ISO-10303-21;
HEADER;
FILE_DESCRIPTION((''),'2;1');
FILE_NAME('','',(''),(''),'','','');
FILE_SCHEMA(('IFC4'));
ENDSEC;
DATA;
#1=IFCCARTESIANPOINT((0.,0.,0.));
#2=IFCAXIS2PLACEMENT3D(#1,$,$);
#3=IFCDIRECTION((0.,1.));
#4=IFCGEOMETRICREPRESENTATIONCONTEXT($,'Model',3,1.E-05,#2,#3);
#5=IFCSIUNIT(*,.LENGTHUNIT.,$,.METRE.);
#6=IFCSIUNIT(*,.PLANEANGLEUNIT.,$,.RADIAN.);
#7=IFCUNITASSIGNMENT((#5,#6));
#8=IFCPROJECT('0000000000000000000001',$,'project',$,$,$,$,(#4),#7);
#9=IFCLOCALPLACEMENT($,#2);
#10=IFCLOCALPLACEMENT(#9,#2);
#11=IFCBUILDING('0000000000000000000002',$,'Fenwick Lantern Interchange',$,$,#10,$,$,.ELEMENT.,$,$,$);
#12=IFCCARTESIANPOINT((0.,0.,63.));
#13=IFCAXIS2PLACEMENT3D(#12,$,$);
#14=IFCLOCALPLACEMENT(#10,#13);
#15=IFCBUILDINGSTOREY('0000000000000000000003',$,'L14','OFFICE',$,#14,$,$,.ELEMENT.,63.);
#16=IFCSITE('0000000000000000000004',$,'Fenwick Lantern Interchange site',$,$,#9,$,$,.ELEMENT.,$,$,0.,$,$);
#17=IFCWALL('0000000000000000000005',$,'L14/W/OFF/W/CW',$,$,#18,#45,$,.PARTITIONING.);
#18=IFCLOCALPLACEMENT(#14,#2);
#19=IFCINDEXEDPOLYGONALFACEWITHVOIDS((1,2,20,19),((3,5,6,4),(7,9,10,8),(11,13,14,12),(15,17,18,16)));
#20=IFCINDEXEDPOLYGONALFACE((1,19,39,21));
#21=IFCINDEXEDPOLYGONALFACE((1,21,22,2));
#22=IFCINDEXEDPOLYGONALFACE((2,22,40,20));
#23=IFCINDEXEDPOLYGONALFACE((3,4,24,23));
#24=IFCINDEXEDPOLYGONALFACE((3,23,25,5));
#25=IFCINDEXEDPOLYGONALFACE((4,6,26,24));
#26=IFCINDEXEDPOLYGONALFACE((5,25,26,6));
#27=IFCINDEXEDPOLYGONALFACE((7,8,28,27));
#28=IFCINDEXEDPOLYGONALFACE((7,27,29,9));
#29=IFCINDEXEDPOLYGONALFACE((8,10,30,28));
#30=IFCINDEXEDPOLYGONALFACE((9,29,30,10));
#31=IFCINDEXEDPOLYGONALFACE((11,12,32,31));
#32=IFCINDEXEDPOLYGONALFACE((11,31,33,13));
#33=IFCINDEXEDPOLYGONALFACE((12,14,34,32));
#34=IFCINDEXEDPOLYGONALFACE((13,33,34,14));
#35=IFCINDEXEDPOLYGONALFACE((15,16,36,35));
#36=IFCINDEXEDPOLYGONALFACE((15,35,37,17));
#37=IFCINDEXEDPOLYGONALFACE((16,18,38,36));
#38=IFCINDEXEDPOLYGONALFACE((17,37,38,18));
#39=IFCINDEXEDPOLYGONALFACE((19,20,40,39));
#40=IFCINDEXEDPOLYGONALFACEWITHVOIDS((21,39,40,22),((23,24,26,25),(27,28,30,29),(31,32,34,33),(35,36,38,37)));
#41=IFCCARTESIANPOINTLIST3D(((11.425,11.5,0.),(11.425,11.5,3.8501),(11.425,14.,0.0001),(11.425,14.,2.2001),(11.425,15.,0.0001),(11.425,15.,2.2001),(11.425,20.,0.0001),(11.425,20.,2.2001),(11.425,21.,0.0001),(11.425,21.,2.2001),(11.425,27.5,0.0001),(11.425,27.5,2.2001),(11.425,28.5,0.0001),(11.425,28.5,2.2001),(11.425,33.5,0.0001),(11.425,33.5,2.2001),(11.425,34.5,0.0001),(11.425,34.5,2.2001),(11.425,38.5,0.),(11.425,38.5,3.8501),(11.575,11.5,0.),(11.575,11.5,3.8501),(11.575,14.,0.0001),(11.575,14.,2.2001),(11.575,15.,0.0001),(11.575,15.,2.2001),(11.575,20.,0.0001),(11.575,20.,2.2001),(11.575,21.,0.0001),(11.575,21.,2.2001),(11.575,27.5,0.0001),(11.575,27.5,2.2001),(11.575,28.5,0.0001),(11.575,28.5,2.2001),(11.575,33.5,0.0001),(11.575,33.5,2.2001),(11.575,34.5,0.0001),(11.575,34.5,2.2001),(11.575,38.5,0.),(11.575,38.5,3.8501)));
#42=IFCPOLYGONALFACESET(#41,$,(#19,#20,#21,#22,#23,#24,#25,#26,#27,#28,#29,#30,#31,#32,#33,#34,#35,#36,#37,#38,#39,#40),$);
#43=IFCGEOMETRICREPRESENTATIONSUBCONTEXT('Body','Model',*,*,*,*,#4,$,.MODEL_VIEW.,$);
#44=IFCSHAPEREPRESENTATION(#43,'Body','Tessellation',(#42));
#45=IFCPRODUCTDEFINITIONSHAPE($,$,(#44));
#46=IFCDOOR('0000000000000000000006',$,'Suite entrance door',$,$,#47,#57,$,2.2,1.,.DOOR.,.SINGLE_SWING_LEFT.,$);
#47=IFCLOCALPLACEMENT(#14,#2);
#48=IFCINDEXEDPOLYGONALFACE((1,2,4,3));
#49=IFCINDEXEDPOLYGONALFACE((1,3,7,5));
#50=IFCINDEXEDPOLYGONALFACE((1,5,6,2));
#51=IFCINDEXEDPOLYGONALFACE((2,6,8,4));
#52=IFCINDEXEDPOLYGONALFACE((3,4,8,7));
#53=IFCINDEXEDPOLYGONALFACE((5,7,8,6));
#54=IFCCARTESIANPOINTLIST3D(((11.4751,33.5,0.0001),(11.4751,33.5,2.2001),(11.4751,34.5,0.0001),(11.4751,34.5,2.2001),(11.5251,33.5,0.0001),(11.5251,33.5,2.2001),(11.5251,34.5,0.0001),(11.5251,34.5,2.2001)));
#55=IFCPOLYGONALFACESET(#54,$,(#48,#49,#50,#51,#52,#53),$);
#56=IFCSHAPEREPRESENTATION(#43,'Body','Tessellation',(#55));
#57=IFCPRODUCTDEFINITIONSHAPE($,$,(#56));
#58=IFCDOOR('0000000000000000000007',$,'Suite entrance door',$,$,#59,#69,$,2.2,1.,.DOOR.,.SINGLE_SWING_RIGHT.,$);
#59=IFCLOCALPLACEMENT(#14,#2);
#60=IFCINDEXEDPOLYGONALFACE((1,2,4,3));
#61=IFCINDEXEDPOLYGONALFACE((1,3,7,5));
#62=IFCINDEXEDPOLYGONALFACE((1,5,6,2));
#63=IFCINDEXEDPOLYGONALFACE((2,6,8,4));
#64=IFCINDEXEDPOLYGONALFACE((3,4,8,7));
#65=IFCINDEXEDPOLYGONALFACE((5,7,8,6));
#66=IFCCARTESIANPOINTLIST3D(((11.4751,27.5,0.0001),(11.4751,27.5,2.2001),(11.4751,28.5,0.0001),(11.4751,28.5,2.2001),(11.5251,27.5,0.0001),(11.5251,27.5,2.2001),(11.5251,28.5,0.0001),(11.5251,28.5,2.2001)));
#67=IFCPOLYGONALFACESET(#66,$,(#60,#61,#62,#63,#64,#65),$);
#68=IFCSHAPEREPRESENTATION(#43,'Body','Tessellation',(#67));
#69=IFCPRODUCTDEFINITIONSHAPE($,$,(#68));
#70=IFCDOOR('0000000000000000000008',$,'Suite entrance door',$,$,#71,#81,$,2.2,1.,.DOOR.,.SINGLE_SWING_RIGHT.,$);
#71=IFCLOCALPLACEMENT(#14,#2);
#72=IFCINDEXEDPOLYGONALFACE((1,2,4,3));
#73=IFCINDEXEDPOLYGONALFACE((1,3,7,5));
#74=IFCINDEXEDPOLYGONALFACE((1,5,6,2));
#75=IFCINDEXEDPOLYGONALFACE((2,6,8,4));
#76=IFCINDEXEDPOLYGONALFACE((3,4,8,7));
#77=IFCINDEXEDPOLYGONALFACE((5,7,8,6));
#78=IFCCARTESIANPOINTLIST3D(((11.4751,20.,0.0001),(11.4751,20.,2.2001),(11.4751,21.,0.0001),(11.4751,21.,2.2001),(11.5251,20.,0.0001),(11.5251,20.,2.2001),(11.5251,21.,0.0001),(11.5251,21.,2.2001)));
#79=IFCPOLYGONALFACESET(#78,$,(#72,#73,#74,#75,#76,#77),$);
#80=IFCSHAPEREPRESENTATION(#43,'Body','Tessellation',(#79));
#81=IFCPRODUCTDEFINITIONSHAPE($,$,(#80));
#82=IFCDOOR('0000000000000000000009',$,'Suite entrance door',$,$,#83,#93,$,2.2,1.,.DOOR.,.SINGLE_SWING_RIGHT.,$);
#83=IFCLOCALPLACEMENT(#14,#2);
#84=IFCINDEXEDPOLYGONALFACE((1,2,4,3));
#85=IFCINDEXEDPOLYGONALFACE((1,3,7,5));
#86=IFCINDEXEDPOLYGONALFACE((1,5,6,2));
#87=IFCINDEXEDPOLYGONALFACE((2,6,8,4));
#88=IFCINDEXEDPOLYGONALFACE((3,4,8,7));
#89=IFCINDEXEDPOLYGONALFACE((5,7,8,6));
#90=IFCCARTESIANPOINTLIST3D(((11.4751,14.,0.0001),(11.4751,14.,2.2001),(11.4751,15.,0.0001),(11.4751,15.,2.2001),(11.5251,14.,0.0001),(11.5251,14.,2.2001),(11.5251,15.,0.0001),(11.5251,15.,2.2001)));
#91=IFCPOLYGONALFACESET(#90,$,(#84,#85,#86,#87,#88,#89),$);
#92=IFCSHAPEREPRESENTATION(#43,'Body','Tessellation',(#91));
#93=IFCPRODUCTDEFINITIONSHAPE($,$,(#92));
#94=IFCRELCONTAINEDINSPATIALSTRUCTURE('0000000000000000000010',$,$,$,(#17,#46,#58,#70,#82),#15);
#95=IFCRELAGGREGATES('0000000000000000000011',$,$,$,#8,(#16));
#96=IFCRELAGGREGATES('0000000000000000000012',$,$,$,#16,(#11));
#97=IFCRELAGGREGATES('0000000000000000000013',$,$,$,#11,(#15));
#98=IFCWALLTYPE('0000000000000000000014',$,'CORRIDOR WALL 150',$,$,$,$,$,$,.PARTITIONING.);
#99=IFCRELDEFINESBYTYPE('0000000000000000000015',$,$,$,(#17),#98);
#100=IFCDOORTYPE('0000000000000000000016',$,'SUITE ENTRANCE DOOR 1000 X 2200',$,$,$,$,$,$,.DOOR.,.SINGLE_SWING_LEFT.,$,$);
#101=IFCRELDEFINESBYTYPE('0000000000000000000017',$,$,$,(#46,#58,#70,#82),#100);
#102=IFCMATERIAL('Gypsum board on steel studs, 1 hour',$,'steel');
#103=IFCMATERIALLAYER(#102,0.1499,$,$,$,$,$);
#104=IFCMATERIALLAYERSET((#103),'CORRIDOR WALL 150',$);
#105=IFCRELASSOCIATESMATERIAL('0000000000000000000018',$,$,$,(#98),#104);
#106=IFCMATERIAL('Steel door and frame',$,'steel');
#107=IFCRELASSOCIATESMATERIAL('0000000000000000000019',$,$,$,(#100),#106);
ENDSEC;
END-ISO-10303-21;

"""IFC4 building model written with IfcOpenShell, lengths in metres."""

from ifc_helpers import new_model, si_unit, direction, frame, frame_2d, origin, place, context, subcontext, project, spatial, rectangle, extrude, material, layer, layer_set, type_object, element, fill, save


model = new_model("IFC4")

# Units and contexts
model_context = context("Model", 3, precision=1e-05, world=origin(), true_north=direction((0.0, 1.0)))
body_context = subcontext(model_context, "Body", "Model", "MODEL_VIEW")
ifc_project = project(units=[si_unit("LENGTHUNIT", "METRE"), si_unit("PLANEANGLEUNIT", "RADIAN")], contexts=[model_context])

# Site, building, storey
site_placement = place(None, origin())
site = spatial("IfcSite", under=ifc_project, at=site_placement, Name="Fenwick Lantern Interchange site", CompositionType="ELEMENT", RefElevation=0.0)
building_placement = place(site_placement, origin())
building = spatial("IfcBuilding", under=site, at=building_placement, Name="Fenwick Lantern Interchange", CompositionType="ELEMENT")
storey_placement = place(building_placement, frame((0.0, 0.0, 63.0)))
storey = spatial("IfcBuildingStorey", under=building, at=storey_placement, Name="L14", Description="OFFICE", CompositionType="ELEMENT", Elevation=63.0)

# Wall, openings, doors
ifc_material_1 = material(Name="Gypsum board on steel studs, 1 hour", Category="steel")
ifc_layer = layer(ifc_material_1, 0.1499)
ifc_layer_set = layer_set([ifc_layer], Name="CORRIDOR WALL 150")
wall_type = type_object("IfcWallType", Name="CORRIDOR WALL 150", PredefinedType="PARTITIONING", material=ifc_layer_set)
wall_placement = place(storey_placement, frame((11.5, 38.5, 0.0), z_axis=(0.0, 0.0, 1.0), x_axis=(0.0, -1.0, 0.0)))
wall = element("IfcWall", 1, at=wall_placement, inside=storey, type_object=wall_type, Name="L14/W/OFF/W/CW", PredefinedType="PARTITIONING", context=body_context, shape_type="SweptSolid", body=[
    extrude(rectangle(XDim=27.0, YDim=0.1499, at=frame_2d((13.5, 0.0))), origin(), (0.0, 0.0, 1.0), 3.8501),
])
opening_1_placement = place(wall_placement, frame((4.0, 0.0, 0.0)))
opening_1 = element("IfcOpeningElement", 2, at=opening_1_placement, cuts=wall, PredefinedType="OPENING", context=body_context, shape_type="SweptSolid", body=[
    extrude(rectangle(XDim=1.0, YDim=2.2, at=frame_2d((0.5, 1.1001))), frame((0.0, 0.085, 0.0), z_axis=(0.0, -1.0, 0.0), x_axis=(1.0, 0.0, 0.0)), (0.0, 0.0, 1.0), 0.1699),
])
opening_2_placement = place(wall_placement, frame((10.0, 0.0, 0.0)))
opening_2 = element("IfcOpeningElement", 3, at=opening_2_placement, cuts=wall, PredefinedType="OPENING", context=body_context, shape_type="SweptSolid", body=[
    extrude(rectangle(XDim=1.0, YDim=2.2, at=frame_2d((0.5, 1.1001))), frame((0.0, 0.085, 0.0), z_axis=(0.0, -1.0, 0.0), x_axis=(1.0, 0.0, 0.0)), (0.0, 0.0, 1.0), 0.1699),
])
opening_3_placement = place(wall_placement, frame((17.5, 0.0, 0.0)))
opening_3 = element("IfcOpeningElement", 4, at=opening_3_placement, cuts=wall, PredefinedType="OPENING", context=body_context, shape_type="SweptSolid", body=[
    extrude(rectangle(XDim=1.0, YDim=2.2, at=frame_2d((0.5, 1.1001))), frame((0.0, 0.085, 0.0), z_axis=(0.0, -1.0, 0.0), x_axis=(1.0, 0.0, 0.0)), (0.0, 0.0, 1.0), 0.1699),
])
opening_4_placement = place(wall_placement, frame((23.5, 0.0, 0.0)))
opening_4 = element("IfcOpeningElement", 5, at=opening_4_placement, cuts=wall, PredefinedType="OPENING", context=body_context, shape_type="SweptSolid", body=[
    extrude(rectangle(XDim=1.0, YDim=2.2, at=frame_2d((0.5, 1.1001))), frame((0.0, 0.085, 0.0), z_axis=(0.0, -1.0, 0.0), x_axis=(1.0, 0.0, 0.0)), (0.0, 0.0, 1.0), 0.1699),
])
ifc_material_2 = material(Name="Steel door and frame", Category="steel")
door_type = type_object("IfcDoorType", Name="SUITE ENTRANCE DOOR 1000 X 2200", OperationType="SINGLE_SWING_LEFT", PredefinedType="DOOR", material=ifc_material_2)
door_1_placement = place(opening_1_placement, frame((1.0, 0.0, 0.0), z_axis=(0.0, 0.0, 1.0), x_axis=(-1.0, 0.0, 0.0)))
door_1 = element("IfcDoor", 6, at=door_1_placement, inside=storey, type_object=door_type, Name="Suite entrance door", OperationType="SINGLE_SWING_LEFT", OverallHeight=2.2, OverallWidth=1.0, PredefinedType="DOOR", context=body_context, shape_type="SweptSolid", body=[
    extrude(rectangle(XDim=1.0, YDim=2.2, at=frame_2d((0.5, 1.1001))), frame((0.0, 0.0249, 0.0), z_axis=(0.0, -1.0, 0.0), x_axis=(1.0, 0.0, 0.0)), (0.0, 0.0, 1.0), 0.05),
])
fill(opening_1, door_1)
door_2_placement = place(opening_2_placement, frame((1.0, 0.0, 0.0), z_axis=(0.0, 0.0, 1.0), x_axis=(-1.0, 0.0, 0.0)))
door_2 = element("IfcDoor", 7, at=door_2_placement, inside=storey, type_object=door_type, Name="Suite entrance door", OperationType="SINGLE_SWING_RIGHT", OverallHeight=2.2, OverallWidth=1.0, PredefinedType="DOOR", context=body_context, shape_type="SweptSolid", body=[
    extrude(rectangle(XDim=1.0, YDim=2.2, at=frame_2d((0.5, 1.1001))), frame((0.0, 0.0249, 0.0), z_axis=(0.0, -1.0, 0.0), x_axis=(1.0, 0.0, 0.0)), (0.0, 0.0, 1.0), 0.05),
])
fill(opening_2, door_2)
door_3_placement = place(opening_3_placement, frame((1.0, 0.0, 0.0), z_axis=(0.0, 0.0, 1.0), x_axis=(-1.0, 0.0, 0.0)))
door_3 = element("IfcDoor", 8, at=door_3_placement, inside=storey, type_object=door_type, Name="Suite entrance door", OperationType="SINGLE_SWING_RIGHT", OverallHeight=2.2, OverallWidth=1.0, PredefinedType="DOOR", context=body_context, shape_type="SweptSolid", body=[
    extrude(rectangle(XDim=1.0, YDim=2.2, at=frame_2d((0.5, 1.1001))), frame((0.0, 0.0249, 0.0), z_axis=(0.0, -1.0, 0.0), x_axis=(1.0, 0.0, 0.0)), (0.0, 0.0, 1.0), 0.05),
])
fill(opening_3, door_3)
door_4_placement = place(opening_4_placement, frame((1.0, 0.0, 0.0), z_axis=(0.0, 0.0, 1.0), x_axis=(-1.0, 0.0, 0.0)))
door_4 = element("IfcDoor", 9, at=door_4_placement, inside=storey, type_object=door_type, Name="Suite entrance door", OperationType="SINGLE_SWING_RIGHT", OverallHeight=2.2, OverallWidth=1.0, PredefinedType="DOOR", context=body_context, shape_type="SweptSolid", body=[
    extrude(rectangle(XDim=1.0, YDim=2.2, at=frame_2d((0.5, 1.1001))), frame((0.0, 0.0249, 0.0), z_axis=(0.0, -1.0, 0.0), x_axis=(1.0, 0.0, 0.0)), (0.0, 0.0, 1.0), 0.05),
])
fill(opening_4, door_4)

save(model, "model.ifc")
